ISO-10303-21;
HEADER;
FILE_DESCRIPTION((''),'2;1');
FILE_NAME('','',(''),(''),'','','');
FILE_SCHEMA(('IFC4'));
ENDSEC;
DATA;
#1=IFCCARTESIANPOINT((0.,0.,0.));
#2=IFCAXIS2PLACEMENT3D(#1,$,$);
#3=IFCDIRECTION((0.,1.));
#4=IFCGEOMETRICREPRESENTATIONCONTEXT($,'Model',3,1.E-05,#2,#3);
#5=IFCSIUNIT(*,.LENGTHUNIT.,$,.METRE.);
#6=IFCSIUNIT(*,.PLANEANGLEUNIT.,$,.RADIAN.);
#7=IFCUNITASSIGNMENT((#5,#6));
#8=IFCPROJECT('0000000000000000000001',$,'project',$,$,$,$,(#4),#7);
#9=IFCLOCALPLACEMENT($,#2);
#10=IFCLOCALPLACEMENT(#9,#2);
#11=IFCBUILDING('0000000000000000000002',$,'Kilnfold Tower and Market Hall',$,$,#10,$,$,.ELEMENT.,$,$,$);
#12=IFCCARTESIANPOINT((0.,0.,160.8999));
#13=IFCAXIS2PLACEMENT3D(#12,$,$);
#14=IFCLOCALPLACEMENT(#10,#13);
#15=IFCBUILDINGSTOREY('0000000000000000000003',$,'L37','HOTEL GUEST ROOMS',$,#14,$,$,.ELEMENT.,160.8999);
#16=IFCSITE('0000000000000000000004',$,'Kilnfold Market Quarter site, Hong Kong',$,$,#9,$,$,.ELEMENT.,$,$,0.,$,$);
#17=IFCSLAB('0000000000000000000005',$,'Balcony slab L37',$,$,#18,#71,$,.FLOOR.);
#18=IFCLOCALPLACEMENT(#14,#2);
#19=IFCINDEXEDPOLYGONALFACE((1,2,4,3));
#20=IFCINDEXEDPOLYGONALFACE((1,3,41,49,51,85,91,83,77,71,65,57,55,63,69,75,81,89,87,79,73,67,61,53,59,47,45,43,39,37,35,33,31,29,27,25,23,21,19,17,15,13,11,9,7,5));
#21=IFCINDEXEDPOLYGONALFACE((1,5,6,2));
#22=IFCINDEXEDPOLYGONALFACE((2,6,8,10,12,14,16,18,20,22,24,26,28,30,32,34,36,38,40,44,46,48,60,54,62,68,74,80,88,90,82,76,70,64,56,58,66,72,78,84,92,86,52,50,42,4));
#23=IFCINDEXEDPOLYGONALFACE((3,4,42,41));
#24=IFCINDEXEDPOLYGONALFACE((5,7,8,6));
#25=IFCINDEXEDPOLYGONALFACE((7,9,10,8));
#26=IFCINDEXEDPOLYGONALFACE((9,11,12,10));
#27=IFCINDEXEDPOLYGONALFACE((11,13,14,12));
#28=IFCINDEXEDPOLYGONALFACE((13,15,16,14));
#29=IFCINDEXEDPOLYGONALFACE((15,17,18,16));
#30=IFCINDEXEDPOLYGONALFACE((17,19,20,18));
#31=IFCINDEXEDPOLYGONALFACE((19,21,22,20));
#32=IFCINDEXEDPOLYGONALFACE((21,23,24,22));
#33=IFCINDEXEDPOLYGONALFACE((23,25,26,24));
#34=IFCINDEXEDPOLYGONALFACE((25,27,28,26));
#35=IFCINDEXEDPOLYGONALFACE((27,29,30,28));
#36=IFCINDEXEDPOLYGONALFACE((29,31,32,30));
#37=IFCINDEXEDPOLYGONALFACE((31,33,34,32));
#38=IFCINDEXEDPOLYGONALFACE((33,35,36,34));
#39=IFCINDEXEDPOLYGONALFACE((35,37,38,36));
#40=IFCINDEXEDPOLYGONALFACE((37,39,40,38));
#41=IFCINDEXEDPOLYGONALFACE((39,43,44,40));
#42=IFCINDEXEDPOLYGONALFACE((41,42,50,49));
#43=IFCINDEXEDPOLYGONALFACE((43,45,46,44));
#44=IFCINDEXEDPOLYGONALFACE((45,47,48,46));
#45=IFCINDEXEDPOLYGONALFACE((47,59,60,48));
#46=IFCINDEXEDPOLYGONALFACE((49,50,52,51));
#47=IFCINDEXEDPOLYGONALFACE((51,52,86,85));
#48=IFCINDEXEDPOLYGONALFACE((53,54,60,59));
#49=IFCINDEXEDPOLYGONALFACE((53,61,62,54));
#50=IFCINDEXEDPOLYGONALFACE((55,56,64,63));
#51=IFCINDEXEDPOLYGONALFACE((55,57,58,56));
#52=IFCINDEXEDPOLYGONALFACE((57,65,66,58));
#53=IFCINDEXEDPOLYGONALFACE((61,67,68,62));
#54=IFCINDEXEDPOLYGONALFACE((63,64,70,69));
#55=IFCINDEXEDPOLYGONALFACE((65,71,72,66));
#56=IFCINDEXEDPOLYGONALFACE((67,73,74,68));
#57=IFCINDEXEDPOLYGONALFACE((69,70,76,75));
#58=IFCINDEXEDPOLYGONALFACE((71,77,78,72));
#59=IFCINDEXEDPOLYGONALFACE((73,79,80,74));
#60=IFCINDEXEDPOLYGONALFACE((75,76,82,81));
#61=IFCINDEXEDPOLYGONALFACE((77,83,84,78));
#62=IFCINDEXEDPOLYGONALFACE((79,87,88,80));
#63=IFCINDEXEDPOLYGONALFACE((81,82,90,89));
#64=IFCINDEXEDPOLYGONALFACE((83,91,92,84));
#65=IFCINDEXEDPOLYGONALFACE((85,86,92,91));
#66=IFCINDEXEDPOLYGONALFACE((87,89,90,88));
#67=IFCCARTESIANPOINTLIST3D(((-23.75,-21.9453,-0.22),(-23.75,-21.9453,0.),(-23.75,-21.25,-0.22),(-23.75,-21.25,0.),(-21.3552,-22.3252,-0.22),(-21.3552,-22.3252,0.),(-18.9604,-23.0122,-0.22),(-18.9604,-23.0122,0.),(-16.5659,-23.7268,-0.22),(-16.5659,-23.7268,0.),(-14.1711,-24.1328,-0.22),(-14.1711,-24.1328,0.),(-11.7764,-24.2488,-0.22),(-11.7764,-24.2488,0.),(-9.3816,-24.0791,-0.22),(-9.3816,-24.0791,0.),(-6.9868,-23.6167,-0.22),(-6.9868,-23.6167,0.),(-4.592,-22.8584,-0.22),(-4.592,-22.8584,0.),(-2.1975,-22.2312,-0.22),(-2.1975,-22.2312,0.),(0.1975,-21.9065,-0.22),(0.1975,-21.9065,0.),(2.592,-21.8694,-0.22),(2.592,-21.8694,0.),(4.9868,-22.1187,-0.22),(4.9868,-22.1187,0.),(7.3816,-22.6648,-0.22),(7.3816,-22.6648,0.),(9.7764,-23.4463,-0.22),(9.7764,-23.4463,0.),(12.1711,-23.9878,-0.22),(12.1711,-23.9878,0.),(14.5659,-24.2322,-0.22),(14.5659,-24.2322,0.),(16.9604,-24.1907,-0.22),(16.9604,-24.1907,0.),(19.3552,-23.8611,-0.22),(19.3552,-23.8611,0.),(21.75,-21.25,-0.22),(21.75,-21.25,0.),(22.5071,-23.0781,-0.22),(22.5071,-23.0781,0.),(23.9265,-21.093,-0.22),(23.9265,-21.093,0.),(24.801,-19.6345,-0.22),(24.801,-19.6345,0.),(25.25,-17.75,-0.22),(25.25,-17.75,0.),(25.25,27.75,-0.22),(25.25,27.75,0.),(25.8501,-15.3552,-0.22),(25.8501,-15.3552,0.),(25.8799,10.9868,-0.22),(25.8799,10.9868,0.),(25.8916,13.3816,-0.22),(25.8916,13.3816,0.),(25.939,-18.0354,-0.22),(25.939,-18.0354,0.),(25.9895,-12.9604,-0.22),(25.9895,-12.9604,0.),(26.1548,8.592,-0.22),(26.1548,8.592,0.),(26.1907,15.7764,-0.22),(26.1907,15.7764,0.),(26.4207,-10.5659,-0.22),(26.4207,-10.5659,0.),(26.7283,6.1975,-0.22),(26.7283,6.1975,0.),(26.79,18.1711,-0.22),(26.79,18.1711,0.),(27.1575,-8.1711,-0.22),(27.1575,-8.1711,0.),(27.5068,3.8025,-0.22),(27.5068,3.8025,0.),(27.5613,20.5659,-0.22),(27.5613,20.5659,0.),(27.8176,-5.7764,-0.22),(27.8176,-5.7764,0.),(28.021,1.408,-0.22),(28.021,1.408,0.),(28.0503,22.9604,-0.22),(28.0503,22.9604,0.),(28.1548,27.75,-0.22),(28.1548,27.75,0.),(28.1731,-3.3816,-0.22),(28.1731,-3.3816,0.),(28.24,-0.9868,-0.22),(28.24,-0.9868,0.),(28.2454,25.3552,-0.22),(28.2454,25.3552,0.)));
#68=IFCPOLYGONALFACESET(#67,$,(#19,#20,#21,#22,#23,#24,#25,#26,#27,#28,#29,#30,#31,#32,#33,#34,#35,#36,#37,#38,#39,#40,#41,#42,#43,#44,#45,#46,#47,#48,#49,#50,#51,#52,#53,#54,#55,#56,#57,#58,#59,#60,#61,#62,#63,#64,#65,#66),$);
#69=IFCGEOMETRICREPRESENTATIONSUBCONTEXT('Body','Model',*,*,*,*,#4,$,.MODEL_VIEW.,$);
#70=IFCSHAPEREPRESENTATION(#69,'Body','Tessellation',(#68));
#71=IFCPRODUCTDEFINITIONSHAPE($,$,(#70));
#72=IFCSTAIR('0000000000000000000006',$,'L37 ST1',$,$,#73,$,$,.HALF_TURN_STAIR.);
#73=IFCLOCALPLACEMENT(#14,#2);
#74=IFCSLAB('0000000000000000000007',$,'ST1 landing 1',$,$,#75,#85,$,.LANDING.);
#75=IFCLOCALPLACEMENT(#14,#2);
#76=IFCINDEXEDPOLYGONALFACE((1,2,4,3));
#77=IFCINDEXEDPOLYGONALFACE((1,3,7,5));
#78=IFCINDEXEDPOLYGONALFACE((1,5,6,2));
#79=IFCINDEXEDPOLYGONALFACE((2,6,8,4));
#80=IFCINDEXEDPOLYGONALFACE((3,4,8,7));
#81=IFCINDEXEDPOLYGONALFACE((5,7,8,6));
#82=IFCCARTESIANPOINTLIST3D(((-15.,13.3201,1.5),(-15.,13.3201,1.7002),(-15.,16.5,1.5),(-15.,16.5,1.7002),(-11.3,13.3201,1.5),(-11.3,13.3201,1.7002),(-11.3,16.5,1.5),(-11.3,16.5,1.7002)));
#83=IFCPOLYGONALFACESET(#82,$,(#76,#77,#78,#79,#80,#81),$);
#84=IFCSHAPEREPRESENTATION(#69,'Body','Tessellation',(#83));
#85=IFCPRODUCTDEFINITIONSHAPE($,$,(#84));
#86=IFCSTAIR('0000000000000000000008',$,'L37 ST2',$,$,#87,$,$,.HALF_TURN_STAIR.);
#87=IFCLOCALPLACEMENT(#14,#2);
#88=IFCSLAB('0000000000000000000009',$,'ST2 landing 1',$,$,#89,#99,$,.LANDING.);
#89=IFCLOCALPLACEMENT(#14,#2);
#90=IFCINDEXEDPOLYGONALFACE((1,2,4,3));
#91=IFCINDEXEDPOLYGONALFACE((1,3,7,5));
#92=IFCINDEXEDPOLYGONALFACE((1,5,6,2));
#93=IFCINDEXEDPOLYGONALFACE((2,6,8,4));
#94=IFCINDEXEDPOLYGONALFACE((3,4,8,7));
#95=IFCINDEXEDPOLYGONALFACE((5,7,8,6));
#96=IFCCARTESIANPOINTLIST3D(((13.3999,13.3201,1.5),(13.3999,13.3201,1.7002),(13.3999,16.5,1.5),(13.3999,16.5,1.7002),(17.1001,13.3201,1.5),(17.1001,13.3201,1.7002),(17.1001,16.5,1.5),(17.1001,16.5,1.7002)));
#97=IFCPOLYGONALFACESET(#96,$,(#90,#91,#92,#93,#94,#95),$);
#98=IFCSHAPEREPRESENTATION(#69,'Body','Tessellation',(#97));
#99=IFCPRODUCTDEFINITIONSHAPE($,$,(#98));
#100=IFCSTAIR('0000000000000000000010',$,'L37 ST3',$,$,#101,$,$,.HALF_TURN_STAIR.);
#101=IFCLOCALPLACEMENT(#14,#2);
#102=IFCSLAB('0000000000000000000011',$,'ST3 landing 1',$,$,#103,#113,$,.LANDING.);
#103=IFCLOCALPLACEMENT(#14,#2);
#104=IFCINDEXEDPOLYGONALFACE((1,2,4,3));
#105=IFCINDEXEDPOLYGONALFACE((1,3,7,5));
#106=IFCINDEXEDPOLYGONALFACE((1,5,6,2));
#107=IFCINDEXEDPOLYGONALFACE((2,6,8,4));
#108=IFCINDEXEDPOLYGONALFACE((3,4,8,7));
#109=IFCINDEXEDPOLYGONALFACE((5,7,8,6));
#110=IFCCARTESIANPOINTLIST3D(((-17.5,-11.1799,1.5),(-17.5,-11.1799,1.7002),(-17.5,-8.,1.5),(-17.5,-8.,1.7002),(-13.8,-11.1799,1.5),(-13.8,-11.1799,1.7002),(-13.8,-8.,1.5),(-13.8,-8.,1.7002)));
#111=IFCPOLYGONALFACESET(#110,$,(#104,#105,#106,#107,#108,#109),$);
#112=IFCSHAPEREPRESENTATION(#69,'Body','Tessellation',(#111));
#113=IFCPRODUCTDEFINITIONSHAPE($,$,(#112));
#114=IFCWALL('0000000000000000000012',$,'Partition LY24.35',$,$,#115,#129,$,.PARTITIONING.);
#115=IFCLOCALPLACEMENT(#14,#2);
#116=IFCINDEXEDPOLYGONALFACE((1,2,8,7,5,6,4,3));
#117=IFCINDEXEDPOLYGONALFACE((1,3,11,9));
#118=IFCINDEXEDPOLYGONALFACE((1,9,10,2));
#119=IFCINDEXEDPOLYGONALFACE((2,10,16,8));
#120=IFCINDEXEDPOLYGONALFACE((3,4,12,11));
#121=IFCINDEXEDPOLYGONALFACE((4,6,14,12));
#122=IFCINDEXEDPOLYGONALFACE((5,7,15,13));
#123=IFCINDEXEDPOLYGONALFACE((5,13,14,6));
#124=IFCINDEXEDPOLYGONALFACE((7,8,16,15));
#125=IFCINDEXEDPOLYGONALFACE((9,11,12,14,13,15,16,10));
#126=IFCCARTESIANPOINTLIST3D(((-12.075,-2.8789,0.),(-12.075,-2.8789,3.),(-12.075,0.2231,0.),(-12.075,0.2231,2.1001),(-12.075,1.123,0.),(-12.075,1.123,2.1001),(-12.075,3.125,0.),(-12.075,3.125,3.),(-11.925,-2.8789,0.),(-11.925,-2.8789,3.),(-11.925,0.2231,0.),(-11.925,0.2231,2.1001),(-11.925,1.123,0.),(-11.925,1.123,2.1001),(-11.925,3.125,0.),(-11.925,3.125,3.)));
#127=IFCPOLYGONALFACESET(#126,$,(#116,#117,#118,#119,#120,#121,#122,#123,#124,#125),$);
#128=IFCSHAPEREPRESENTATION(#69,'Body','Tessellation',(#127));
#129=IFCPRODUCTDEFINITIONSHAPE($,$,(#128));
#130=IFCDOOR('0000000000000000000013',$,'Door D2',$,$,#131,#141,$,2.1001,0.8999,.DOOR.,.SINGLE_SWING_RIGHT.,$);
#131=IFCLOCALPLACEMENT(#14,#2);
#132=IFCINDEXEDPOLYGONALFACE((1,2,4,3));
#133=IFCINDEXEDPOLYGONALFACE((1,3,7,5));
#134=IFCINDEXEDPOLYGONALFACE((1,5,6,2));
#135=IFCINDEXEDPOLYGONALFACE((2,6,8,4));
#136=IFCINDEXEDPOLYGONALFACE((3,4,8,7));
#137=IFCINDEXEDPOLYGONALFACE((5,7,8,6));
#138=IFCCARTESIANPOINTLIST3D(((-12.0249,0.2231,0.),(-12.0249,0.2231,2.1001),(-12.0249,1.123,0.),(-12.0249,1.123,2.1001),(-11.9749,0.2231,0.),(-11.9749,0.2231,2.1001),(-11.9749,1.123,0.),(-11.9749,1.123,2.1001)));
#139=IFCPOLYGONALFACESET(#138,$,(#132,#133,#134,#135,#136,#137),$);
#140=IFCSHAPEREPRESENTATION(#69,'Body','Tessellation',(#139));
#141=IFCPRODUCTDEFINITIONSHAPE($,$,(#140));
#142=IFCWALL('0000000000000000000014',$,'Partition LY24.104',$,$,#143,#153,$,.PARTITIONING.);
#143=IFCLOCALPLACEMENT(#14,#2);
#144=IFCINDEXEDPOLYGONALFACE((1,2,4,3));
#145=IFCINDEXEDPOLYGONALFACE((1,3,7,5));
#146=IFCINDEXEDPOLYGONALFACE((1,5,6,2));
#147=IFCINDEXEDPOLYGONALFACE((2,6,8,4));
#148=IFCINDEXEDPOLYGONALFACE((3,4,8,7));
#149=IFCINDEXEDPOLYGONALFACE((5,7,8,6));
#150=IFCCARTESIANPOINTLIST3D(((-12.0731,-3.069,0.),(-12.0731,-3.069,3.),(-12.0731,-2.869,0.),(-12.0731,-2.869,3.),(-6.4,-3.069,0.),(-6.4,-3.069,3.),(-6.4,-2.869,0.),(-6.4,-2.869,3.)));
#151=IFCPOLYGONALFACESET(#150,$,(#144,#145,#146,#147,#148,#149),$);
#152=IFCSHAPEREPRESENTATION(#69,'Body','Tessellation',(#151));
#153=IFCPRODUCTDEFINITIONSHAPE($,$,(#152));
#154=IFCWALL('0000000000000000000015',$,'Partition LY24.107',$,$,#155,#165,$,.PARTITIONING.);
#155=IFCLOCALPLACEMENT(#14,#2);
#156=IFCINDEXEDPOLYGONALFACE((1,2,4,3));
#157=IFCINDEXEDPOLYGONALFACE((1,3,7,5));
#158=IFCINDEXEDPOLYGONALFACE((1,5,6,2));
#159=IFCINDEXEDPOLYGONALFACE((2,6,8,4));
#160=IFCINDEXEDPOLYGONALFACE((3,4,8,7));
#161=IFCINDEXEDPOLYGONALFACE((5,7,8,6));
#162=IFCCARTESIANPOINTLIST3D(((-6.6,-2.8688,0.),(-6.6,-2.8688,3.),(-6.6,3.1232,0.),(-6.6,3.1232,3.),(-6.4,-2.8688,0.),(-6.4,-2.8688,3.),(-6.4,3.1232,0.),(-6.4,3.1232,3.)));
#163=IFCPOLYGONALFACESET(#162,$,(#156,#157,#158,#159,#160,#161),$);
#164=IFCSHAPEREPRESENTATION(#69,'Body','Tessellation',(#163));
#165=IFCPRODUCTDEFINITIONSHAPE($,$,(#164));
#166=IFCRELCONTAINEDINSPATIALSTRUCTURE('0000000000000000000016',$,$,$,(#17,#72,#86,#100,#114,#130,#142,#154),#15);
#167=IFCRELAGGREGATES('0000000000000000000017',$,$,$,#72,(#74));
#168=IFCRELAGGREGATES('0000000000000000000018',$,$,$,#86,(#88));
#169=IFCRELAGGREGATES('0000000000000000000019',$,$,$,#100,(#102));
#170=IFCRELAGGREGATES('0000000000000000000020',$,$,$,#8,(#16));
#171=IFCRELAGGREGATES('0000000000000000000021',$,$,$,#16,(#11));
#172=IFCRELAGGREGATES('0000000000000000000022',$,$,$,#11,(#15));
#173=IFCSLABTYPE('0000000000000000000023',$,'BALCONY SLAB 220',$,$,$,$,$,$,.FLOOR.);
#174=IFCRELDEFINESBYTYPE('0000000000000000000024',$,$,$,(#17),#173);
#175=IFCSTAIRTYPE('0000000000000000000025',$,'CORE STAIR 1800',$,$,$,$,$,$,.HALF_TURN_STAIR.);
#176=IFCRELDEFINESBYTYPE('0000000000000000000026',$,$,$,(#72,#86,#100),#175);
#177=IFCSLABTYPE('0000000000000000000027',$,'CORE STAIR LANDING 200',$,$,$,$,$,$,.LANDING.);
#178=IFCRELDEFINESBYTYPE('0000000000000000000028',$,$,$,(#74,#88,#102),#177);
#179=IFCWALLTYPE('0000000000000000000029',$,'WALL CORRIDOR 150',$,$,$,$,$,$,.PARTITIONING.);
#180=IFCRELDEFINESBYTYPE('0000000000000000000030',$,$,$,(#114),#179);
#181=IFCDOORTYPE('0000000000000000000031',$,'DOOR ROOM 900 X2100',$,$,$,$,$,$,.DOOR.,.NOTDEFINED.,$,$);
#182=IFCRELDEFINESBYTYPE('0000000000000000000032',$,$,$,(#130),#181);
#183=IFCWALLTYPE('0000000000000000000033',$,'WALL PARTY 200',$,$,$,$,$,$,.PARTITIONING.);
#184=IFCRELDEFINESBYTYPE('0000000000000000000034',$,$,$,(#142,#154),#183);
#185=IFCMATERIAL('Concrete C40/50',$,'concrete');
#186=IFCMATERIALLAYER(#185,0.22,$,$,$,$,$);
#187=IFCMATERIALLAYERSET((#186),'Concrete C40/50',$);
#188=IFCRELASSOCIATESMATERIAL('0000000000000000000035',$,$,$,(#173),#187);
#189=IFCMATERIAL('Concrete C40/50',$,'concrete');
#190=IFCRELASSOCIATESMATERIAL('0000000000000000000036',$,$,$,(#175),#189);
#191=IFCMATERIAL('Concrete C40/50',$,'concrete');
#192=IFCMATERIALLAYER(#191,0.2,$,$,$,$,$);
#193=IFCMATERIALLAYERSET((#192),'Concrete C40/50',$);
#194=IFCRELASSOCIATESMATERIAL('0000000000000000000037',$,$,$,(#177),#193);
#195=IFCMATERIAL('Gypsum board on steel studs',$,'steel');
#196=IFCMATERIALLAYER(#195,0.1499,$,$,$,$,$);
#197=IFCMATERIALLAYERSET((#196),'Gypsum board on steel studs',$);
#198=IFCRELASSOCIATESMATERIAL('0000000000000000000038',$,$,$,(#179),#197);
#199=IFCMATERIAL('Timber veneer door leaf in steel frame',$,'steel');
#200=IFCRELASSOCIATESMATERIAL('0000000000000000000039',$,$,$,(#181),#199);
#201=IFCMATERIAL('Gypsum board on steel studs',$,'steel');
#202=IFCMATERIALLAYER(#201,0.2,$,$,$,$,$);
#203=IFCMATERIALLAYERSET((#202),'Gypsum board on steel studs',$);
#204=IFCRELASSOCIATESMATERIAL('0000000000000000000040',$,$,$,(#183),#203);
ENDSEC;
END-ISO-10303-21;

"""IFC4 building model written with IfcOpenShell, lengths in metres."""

from ifc_helpers import new_model, si_unit, direction, frame, frame_2d, origin, place, context, subcontext, project, spatial, polyline, rectangle, outline, extrude, source, transform, mapped, material, layer, layer_set, type_object, element, fill, aggregate, save


model = new_model("IFC4")

# Units and contexts
model_context = context("Model", 3, precision=1e-05, world=origin(), true_north=direction((0.0, 1.0)))
body_context = subcontext(model_context, "Body", "Model", "MODEL_VIEW")
ifc_project = project(units=[si_unit("LENGTHUNIT", "METRE"), si_unit("PLANEANGLEUNIT", "RADIAN")], contexts=[model_context])

# Site, building, storey
site_placement = place(None, origin())
site = spatial("IfcSite", under=ifc_project, at=site_placement, Name="Kilnfold Market Quarter site, Hong Kong", CompositionType="ELEMENT", RefElevation=0.0)
building_placement = place(site_placement, origin())
building = spatial("IfcBuilding", under=site, at=building_placement, Name="Kilnfold Tower and Market Hall", CompositionType="ELEMENT")
storey_placement = place(building_placement, frame((0.0, 0.0, 160.8999)))
storey = spatial("IfcBuildingStorey", under=building, at=storey_placement, Name="L37", Description="HOTEL GUEST ROOMS", CompositionType="ELEMENT", Elevation=160.8999)

# Slab
ifc_material_1 = material(Name="Concrete C40/50", Category="concrete")
ifc_layer_1 = layer(ifc_material_1, 0.22)
ifc_layer_set_1 = layer_set([ifc_layer_1], Name="Concrete C40/50")
slab_type_1 = type_object("IfcSlabType", Name="BALCONY SLAB 220", PredefinedType="FLOOR", material=ifc_layer_set_1)
shared_shape_1 = source(origin(), body_context, "Body", "SweptSolid", [
    extrude(outline(polyline([(-23.75, -21.25), (21.75, -21.25), (25.25, -17.75), (25.25, 27.75), (28.1548, 27.75), (28.2454, 25.3552), (28.0503, 22.9604), (27.5613, 20.5659), (26.79, 18.1711), (26.1907, 15.7764), (25.8916, 13.3816), (25.8799, 10.9868), (26.1548, 8.592), (26.7283, 6.1975), (27.5068, 3.8025), (28.021, 1.408), (28.24, -0.9868), (28.1731, -3.3816), (27.8176, -5.7764), (27.1575, -8.1711), (26.4207, -10.5659), (25.9895, -12.9604), (25.8501, -15.3552), (25.939, -18.0354), (24.801, -19.6345), (23.9265, -21.093), (22.5071, -23.0781), (19.3552, -23.8611), (16.9604, -24.1907), (14.5659, -24.2322), (12.1711, -23.9878), (9.7764, -23.4463), (7.3816, -22.6648), (4.9868, -22.1187), (2.592, -21.8694), (0.1975, -21.9065), (-2.1975, -22.2312), (-4.592, -22.8584), (-6.9868, -23.6167), (-9.3816, -24.0791), (-11.7764, -24.2488), (-14.1711, -24.1328), (-16.5659, -23.7268), (-18.9604, -23.0122), (-21.3552, -22.3252), (-23.75, -21.9453), (-23.75, -21.25)])), origin(), (0.0, 0.0, 1.0), 0.22),
])
slab_1_placement = place(storey_placement, frame((0.0, 0.0, -0.22)))
element("IfcSlab", 1, at=slab_1_placement, inside=storey, type_object=slab_type_1, Name="Balcony slab L37", PredefinedType="FLOOR", context=body_context, shape_type="MappedRepresentation", body=[
    mapped(shared_shape_1, transform((0.0, 0.0, 0.0))),
])

# Stairs, slabs
ifc_material_2 = material(Name="Concrete C40/50", Category="concrete")
stair_type = type_object("IfcStairType", Name="CORE STAIR 1800", PredefinedType="HALF_TURN_STAIR", material=ifc_material_2)
stair_1_placement = place(storey_placement, origin())
stair_1 = element("IfcStair", 2, at=stair_1_placement, inside=storey, type_object=stair_type, Name="L37 ST1", PredefinedType="HALF_TURN_STAIR")
ifc_material_3 = material(Name="Concrete C40/50", Category="concrete")
ifc_layer_2 = layer(ifc_material_3, 0.2)
ifc_layer_set_2 = layer_set([ifc_layer_2], Name="Concrete C40/50")
slab_type_2 = type_object("IfcSlabType", Name="CORE STAIR LANDING 200", PredefinedType="LANDING", material=ifc_layer_set_2)
shared_shape_2 = source(origin(), body_context, "Body", "SweptSolid", [
    extrude(outline(polyline([(-11.3, 13.3201), (-11.3, 16.5), (-15.0, 16.5), (-15.0, 13.3201), (-11.3, 13.3201)])), origin(), (0.0, 0.0, 1.0), 0.2002),
])
slab_2_placement = place(storey_placement, frame((0.0, 0.0, 1.5)))
slab_2 = element("IfcSlab", 3, at=slab_2_placement, type_object=slab_type_2, Name="ST1 landing 1", PredefinedType="LANDING", context=body_context, shape_type="MappedRepresentation", body=[
    mapped(shared_shape_2, transform((0.0, 0.0, 0.0))),
])
aggregate(stair_1, [slab_2])
stair_2_placement = place(storey_placement, origin())
stair_2 = element("IfcStair", 4, at=stair_2_placement, inside=storey, type_object=stair_type, Name="L37 ST2", PredefinedType="HALF_TURN_STAIR")
shared_shape_3 = source(origin(), body_context, "Body", "SweptSolid", [
    extrude(outline(polyline([(17.1001, 13.3201), (17.1001, 16.5), (13.3999, 16.5), (13.3999, 13.3201), (17.1001, 13.3201)])), origin(), (0.0, 0.0, 1.0), 0.2002),
])
slab_3_placement = place(storey_placement, frame((0.0, 0.0, 1.5)))
slab_3 = element("IfcSlab", 5, at=slab_3_placement, type_object=slab_type_2, Name="ST2 landing 1", PredefinedType="LANDING", context=body_context, shape_type="MappedRepresentation", body=[
    mapped(shared_shape_3, transform((0.0, 0.0, 0.0))),
])
aggregate(stair_2, [slab_3])
stair_3_placement = place(storey_placement, origin())
stair_3 = element("IfcStair", 6, at=stair_3_placement, inside=storey, type_object=stair_type, Name="L37 ST3", PredefinedType="HALF_TURN_STAIR")
shared_shape_4 = source(origin(), body_context, "Body", "SweptSolid", [
    extrude(outline(polyline([(-13.8, -11.1799), (-13.8, -8.0), (-17.5, -8.0), (-17.5, -11.1799), (-13.8, -11.1799)])), origin(), (0.0, 0.0, 1.0), 0.2002),
])
slab_4_placement = place(storey_placement, frame((0.0, 0.0, 1.5)))
slab_4 = element("IfcSlab", 7, at=slab_4_placement, type_object=slab_type_2, Name="ST3 landing 1", PredefinedType="LANDING", context=body_context, shape_type="MappedRepresentation", body=[
    mapped(shared_shape_4, transform((0.0, 0.0, 0.0))),
])
aggregate(stair_3, [slab_4])

# Wall, opening, door
ifc_material_4 = material(Name="Gypsum board on steel studs", Category="steel")
ifc_layer_3 = layer(ifc_material_4, 0.1499)
ifc_layer_set_3 = layer_set([ifc_layer_3], Name="Gypsum board on steel studs")
wall_type_1 = type_object("IfcWallType", Name="WALL CORRIDOR 150", PredefinedType="PARTITIONING", material=ifc_layer_set_3)
wall_1_placement = place(storey_placement, frame((-12.0, -2.8789, 0.0), z_axis=(0.0, 0.0, 1.0), x_axis=(0.0, 1.0, 0.0)))
wall_1 = element("IfcWall", 8, at=wall_1_placement, inside=storey, type_object=wall_type_1, Name="Partition LY24.35", PredefinedType="PARTITIONING", context=body_context, shape_type="SweptSolid", body=[
    extrude(rectangle(XDim=6.0039, YDim=0.1499, at=frame_2d((3.002, 0.0))), origin(), (0.0, 0.0, 1.0), 3.0),
])
opening_placement = place(wall_1_placement, frame((3.1021, 0.0, 0.0)))
opening = element("IfcOpeningElement", 9, at=opening_placement, cuts=wall_1, PredefinedType="OPENING", context=body_context, shape_type="SweptSolid", body=[
    extrude(rectangle(XDim=0.8999, YDim=2.1001, at=frame_2d((0.45, 1.05))), frame((0.0, 0.085, 0.0), z_axis=(0.0, -1.0, 0.0), x_axis=(1.0, 0.0, 0.0)), (0.0, 0.0, 1.0), 0.1699),
])
ifc_material_5 = material(Name="Timber veneer door leaf in steel frame", Category="steel")
door_type = type_object("IfcDoorType", Name="DOOR ROOM 900 X2100", OperationType="NOTDEFINED", PredefinedType="DOOR", material=ifc_material_5)
door_placement = place(opening_placement, origin())
door = element("IfcDoor", 10, at=door_placement, inside=storey, type_object=door_type, Name="Door D2", OperationType="SINGLE_SWING_RIGHT", OverallHeight=2.1001, OverallWidth=0.8999, PredefinedType="DOOR", context=body_context, shape_type="SweptSolid", body=[
    extrude(rectangle(XDim=0.8999, YDim=2.1001, at=frame_2d((0.45, 1.05))), frame((0.0, 0.0249, 0.0), z_axis=(0.0, -1.0, 0.0), x_axis=(1.0, 0.0, 0.0)), (0.0, 0.0, 1.0), 0.05),
])
fill(opening, door)

# Walls
ifc_material_6 = material(Name="Gypsum board on steel studs", Category="steel")
ifc_layer_4 = layer(ifc_material_6, 0.2)
ifc_layer_set_4 = layer_set([ifc_layer_4], Name="Gypsum board on steel studs")
wall_type_2 = type_object("IfcWallType", Name="WALL PARTY 200", PredefinedType="PARTITIONING", material=ifc_layer_set_4)
wall_2_placement = place(storey_placement, frame((-12.073, -2.969, 0.0), z_axis=(0.0, 0.0, 1.0), x_axis=(1.0, 0.0, 0.0)))
element("IfcWall", 11, at=wall_2_placement, inside=storey, type_object=wall_type_2, Name="Partition LY24.104", PredefinedType="PARTITIONING", context=body_context, shape_type="SweptSolid", body=[
    extrude(rectangle(XDim=5.6731, YDim=0.2, at=frame_2d((2.8364, 0.0))), origin(), (0.0, 0.0, 1.0), 3.0),
])
wall_3_placement = place(storey_placement, frame((-6.5, -2.8689, 0.0), z_axis=(0.0, 0.0, 1.0), x_axis=(0.0, 1.0, 0.0)))
element("IfcWall", 12, at=wall_3_placement, inside=storey, type_object=wall_type_2, Name="Partition LY24.107", PredefinedType="PARTITIONING", context=body_context, shape_type="SweptSolid", body=[
    extrude(rectangle(XDim=5.9919, YDim=0.2, at=frame_2d((2.9961, 0.0))), origin(), (0.0, 0.0, 1.0), 3.0),
])

save(model, "model.ifc")
